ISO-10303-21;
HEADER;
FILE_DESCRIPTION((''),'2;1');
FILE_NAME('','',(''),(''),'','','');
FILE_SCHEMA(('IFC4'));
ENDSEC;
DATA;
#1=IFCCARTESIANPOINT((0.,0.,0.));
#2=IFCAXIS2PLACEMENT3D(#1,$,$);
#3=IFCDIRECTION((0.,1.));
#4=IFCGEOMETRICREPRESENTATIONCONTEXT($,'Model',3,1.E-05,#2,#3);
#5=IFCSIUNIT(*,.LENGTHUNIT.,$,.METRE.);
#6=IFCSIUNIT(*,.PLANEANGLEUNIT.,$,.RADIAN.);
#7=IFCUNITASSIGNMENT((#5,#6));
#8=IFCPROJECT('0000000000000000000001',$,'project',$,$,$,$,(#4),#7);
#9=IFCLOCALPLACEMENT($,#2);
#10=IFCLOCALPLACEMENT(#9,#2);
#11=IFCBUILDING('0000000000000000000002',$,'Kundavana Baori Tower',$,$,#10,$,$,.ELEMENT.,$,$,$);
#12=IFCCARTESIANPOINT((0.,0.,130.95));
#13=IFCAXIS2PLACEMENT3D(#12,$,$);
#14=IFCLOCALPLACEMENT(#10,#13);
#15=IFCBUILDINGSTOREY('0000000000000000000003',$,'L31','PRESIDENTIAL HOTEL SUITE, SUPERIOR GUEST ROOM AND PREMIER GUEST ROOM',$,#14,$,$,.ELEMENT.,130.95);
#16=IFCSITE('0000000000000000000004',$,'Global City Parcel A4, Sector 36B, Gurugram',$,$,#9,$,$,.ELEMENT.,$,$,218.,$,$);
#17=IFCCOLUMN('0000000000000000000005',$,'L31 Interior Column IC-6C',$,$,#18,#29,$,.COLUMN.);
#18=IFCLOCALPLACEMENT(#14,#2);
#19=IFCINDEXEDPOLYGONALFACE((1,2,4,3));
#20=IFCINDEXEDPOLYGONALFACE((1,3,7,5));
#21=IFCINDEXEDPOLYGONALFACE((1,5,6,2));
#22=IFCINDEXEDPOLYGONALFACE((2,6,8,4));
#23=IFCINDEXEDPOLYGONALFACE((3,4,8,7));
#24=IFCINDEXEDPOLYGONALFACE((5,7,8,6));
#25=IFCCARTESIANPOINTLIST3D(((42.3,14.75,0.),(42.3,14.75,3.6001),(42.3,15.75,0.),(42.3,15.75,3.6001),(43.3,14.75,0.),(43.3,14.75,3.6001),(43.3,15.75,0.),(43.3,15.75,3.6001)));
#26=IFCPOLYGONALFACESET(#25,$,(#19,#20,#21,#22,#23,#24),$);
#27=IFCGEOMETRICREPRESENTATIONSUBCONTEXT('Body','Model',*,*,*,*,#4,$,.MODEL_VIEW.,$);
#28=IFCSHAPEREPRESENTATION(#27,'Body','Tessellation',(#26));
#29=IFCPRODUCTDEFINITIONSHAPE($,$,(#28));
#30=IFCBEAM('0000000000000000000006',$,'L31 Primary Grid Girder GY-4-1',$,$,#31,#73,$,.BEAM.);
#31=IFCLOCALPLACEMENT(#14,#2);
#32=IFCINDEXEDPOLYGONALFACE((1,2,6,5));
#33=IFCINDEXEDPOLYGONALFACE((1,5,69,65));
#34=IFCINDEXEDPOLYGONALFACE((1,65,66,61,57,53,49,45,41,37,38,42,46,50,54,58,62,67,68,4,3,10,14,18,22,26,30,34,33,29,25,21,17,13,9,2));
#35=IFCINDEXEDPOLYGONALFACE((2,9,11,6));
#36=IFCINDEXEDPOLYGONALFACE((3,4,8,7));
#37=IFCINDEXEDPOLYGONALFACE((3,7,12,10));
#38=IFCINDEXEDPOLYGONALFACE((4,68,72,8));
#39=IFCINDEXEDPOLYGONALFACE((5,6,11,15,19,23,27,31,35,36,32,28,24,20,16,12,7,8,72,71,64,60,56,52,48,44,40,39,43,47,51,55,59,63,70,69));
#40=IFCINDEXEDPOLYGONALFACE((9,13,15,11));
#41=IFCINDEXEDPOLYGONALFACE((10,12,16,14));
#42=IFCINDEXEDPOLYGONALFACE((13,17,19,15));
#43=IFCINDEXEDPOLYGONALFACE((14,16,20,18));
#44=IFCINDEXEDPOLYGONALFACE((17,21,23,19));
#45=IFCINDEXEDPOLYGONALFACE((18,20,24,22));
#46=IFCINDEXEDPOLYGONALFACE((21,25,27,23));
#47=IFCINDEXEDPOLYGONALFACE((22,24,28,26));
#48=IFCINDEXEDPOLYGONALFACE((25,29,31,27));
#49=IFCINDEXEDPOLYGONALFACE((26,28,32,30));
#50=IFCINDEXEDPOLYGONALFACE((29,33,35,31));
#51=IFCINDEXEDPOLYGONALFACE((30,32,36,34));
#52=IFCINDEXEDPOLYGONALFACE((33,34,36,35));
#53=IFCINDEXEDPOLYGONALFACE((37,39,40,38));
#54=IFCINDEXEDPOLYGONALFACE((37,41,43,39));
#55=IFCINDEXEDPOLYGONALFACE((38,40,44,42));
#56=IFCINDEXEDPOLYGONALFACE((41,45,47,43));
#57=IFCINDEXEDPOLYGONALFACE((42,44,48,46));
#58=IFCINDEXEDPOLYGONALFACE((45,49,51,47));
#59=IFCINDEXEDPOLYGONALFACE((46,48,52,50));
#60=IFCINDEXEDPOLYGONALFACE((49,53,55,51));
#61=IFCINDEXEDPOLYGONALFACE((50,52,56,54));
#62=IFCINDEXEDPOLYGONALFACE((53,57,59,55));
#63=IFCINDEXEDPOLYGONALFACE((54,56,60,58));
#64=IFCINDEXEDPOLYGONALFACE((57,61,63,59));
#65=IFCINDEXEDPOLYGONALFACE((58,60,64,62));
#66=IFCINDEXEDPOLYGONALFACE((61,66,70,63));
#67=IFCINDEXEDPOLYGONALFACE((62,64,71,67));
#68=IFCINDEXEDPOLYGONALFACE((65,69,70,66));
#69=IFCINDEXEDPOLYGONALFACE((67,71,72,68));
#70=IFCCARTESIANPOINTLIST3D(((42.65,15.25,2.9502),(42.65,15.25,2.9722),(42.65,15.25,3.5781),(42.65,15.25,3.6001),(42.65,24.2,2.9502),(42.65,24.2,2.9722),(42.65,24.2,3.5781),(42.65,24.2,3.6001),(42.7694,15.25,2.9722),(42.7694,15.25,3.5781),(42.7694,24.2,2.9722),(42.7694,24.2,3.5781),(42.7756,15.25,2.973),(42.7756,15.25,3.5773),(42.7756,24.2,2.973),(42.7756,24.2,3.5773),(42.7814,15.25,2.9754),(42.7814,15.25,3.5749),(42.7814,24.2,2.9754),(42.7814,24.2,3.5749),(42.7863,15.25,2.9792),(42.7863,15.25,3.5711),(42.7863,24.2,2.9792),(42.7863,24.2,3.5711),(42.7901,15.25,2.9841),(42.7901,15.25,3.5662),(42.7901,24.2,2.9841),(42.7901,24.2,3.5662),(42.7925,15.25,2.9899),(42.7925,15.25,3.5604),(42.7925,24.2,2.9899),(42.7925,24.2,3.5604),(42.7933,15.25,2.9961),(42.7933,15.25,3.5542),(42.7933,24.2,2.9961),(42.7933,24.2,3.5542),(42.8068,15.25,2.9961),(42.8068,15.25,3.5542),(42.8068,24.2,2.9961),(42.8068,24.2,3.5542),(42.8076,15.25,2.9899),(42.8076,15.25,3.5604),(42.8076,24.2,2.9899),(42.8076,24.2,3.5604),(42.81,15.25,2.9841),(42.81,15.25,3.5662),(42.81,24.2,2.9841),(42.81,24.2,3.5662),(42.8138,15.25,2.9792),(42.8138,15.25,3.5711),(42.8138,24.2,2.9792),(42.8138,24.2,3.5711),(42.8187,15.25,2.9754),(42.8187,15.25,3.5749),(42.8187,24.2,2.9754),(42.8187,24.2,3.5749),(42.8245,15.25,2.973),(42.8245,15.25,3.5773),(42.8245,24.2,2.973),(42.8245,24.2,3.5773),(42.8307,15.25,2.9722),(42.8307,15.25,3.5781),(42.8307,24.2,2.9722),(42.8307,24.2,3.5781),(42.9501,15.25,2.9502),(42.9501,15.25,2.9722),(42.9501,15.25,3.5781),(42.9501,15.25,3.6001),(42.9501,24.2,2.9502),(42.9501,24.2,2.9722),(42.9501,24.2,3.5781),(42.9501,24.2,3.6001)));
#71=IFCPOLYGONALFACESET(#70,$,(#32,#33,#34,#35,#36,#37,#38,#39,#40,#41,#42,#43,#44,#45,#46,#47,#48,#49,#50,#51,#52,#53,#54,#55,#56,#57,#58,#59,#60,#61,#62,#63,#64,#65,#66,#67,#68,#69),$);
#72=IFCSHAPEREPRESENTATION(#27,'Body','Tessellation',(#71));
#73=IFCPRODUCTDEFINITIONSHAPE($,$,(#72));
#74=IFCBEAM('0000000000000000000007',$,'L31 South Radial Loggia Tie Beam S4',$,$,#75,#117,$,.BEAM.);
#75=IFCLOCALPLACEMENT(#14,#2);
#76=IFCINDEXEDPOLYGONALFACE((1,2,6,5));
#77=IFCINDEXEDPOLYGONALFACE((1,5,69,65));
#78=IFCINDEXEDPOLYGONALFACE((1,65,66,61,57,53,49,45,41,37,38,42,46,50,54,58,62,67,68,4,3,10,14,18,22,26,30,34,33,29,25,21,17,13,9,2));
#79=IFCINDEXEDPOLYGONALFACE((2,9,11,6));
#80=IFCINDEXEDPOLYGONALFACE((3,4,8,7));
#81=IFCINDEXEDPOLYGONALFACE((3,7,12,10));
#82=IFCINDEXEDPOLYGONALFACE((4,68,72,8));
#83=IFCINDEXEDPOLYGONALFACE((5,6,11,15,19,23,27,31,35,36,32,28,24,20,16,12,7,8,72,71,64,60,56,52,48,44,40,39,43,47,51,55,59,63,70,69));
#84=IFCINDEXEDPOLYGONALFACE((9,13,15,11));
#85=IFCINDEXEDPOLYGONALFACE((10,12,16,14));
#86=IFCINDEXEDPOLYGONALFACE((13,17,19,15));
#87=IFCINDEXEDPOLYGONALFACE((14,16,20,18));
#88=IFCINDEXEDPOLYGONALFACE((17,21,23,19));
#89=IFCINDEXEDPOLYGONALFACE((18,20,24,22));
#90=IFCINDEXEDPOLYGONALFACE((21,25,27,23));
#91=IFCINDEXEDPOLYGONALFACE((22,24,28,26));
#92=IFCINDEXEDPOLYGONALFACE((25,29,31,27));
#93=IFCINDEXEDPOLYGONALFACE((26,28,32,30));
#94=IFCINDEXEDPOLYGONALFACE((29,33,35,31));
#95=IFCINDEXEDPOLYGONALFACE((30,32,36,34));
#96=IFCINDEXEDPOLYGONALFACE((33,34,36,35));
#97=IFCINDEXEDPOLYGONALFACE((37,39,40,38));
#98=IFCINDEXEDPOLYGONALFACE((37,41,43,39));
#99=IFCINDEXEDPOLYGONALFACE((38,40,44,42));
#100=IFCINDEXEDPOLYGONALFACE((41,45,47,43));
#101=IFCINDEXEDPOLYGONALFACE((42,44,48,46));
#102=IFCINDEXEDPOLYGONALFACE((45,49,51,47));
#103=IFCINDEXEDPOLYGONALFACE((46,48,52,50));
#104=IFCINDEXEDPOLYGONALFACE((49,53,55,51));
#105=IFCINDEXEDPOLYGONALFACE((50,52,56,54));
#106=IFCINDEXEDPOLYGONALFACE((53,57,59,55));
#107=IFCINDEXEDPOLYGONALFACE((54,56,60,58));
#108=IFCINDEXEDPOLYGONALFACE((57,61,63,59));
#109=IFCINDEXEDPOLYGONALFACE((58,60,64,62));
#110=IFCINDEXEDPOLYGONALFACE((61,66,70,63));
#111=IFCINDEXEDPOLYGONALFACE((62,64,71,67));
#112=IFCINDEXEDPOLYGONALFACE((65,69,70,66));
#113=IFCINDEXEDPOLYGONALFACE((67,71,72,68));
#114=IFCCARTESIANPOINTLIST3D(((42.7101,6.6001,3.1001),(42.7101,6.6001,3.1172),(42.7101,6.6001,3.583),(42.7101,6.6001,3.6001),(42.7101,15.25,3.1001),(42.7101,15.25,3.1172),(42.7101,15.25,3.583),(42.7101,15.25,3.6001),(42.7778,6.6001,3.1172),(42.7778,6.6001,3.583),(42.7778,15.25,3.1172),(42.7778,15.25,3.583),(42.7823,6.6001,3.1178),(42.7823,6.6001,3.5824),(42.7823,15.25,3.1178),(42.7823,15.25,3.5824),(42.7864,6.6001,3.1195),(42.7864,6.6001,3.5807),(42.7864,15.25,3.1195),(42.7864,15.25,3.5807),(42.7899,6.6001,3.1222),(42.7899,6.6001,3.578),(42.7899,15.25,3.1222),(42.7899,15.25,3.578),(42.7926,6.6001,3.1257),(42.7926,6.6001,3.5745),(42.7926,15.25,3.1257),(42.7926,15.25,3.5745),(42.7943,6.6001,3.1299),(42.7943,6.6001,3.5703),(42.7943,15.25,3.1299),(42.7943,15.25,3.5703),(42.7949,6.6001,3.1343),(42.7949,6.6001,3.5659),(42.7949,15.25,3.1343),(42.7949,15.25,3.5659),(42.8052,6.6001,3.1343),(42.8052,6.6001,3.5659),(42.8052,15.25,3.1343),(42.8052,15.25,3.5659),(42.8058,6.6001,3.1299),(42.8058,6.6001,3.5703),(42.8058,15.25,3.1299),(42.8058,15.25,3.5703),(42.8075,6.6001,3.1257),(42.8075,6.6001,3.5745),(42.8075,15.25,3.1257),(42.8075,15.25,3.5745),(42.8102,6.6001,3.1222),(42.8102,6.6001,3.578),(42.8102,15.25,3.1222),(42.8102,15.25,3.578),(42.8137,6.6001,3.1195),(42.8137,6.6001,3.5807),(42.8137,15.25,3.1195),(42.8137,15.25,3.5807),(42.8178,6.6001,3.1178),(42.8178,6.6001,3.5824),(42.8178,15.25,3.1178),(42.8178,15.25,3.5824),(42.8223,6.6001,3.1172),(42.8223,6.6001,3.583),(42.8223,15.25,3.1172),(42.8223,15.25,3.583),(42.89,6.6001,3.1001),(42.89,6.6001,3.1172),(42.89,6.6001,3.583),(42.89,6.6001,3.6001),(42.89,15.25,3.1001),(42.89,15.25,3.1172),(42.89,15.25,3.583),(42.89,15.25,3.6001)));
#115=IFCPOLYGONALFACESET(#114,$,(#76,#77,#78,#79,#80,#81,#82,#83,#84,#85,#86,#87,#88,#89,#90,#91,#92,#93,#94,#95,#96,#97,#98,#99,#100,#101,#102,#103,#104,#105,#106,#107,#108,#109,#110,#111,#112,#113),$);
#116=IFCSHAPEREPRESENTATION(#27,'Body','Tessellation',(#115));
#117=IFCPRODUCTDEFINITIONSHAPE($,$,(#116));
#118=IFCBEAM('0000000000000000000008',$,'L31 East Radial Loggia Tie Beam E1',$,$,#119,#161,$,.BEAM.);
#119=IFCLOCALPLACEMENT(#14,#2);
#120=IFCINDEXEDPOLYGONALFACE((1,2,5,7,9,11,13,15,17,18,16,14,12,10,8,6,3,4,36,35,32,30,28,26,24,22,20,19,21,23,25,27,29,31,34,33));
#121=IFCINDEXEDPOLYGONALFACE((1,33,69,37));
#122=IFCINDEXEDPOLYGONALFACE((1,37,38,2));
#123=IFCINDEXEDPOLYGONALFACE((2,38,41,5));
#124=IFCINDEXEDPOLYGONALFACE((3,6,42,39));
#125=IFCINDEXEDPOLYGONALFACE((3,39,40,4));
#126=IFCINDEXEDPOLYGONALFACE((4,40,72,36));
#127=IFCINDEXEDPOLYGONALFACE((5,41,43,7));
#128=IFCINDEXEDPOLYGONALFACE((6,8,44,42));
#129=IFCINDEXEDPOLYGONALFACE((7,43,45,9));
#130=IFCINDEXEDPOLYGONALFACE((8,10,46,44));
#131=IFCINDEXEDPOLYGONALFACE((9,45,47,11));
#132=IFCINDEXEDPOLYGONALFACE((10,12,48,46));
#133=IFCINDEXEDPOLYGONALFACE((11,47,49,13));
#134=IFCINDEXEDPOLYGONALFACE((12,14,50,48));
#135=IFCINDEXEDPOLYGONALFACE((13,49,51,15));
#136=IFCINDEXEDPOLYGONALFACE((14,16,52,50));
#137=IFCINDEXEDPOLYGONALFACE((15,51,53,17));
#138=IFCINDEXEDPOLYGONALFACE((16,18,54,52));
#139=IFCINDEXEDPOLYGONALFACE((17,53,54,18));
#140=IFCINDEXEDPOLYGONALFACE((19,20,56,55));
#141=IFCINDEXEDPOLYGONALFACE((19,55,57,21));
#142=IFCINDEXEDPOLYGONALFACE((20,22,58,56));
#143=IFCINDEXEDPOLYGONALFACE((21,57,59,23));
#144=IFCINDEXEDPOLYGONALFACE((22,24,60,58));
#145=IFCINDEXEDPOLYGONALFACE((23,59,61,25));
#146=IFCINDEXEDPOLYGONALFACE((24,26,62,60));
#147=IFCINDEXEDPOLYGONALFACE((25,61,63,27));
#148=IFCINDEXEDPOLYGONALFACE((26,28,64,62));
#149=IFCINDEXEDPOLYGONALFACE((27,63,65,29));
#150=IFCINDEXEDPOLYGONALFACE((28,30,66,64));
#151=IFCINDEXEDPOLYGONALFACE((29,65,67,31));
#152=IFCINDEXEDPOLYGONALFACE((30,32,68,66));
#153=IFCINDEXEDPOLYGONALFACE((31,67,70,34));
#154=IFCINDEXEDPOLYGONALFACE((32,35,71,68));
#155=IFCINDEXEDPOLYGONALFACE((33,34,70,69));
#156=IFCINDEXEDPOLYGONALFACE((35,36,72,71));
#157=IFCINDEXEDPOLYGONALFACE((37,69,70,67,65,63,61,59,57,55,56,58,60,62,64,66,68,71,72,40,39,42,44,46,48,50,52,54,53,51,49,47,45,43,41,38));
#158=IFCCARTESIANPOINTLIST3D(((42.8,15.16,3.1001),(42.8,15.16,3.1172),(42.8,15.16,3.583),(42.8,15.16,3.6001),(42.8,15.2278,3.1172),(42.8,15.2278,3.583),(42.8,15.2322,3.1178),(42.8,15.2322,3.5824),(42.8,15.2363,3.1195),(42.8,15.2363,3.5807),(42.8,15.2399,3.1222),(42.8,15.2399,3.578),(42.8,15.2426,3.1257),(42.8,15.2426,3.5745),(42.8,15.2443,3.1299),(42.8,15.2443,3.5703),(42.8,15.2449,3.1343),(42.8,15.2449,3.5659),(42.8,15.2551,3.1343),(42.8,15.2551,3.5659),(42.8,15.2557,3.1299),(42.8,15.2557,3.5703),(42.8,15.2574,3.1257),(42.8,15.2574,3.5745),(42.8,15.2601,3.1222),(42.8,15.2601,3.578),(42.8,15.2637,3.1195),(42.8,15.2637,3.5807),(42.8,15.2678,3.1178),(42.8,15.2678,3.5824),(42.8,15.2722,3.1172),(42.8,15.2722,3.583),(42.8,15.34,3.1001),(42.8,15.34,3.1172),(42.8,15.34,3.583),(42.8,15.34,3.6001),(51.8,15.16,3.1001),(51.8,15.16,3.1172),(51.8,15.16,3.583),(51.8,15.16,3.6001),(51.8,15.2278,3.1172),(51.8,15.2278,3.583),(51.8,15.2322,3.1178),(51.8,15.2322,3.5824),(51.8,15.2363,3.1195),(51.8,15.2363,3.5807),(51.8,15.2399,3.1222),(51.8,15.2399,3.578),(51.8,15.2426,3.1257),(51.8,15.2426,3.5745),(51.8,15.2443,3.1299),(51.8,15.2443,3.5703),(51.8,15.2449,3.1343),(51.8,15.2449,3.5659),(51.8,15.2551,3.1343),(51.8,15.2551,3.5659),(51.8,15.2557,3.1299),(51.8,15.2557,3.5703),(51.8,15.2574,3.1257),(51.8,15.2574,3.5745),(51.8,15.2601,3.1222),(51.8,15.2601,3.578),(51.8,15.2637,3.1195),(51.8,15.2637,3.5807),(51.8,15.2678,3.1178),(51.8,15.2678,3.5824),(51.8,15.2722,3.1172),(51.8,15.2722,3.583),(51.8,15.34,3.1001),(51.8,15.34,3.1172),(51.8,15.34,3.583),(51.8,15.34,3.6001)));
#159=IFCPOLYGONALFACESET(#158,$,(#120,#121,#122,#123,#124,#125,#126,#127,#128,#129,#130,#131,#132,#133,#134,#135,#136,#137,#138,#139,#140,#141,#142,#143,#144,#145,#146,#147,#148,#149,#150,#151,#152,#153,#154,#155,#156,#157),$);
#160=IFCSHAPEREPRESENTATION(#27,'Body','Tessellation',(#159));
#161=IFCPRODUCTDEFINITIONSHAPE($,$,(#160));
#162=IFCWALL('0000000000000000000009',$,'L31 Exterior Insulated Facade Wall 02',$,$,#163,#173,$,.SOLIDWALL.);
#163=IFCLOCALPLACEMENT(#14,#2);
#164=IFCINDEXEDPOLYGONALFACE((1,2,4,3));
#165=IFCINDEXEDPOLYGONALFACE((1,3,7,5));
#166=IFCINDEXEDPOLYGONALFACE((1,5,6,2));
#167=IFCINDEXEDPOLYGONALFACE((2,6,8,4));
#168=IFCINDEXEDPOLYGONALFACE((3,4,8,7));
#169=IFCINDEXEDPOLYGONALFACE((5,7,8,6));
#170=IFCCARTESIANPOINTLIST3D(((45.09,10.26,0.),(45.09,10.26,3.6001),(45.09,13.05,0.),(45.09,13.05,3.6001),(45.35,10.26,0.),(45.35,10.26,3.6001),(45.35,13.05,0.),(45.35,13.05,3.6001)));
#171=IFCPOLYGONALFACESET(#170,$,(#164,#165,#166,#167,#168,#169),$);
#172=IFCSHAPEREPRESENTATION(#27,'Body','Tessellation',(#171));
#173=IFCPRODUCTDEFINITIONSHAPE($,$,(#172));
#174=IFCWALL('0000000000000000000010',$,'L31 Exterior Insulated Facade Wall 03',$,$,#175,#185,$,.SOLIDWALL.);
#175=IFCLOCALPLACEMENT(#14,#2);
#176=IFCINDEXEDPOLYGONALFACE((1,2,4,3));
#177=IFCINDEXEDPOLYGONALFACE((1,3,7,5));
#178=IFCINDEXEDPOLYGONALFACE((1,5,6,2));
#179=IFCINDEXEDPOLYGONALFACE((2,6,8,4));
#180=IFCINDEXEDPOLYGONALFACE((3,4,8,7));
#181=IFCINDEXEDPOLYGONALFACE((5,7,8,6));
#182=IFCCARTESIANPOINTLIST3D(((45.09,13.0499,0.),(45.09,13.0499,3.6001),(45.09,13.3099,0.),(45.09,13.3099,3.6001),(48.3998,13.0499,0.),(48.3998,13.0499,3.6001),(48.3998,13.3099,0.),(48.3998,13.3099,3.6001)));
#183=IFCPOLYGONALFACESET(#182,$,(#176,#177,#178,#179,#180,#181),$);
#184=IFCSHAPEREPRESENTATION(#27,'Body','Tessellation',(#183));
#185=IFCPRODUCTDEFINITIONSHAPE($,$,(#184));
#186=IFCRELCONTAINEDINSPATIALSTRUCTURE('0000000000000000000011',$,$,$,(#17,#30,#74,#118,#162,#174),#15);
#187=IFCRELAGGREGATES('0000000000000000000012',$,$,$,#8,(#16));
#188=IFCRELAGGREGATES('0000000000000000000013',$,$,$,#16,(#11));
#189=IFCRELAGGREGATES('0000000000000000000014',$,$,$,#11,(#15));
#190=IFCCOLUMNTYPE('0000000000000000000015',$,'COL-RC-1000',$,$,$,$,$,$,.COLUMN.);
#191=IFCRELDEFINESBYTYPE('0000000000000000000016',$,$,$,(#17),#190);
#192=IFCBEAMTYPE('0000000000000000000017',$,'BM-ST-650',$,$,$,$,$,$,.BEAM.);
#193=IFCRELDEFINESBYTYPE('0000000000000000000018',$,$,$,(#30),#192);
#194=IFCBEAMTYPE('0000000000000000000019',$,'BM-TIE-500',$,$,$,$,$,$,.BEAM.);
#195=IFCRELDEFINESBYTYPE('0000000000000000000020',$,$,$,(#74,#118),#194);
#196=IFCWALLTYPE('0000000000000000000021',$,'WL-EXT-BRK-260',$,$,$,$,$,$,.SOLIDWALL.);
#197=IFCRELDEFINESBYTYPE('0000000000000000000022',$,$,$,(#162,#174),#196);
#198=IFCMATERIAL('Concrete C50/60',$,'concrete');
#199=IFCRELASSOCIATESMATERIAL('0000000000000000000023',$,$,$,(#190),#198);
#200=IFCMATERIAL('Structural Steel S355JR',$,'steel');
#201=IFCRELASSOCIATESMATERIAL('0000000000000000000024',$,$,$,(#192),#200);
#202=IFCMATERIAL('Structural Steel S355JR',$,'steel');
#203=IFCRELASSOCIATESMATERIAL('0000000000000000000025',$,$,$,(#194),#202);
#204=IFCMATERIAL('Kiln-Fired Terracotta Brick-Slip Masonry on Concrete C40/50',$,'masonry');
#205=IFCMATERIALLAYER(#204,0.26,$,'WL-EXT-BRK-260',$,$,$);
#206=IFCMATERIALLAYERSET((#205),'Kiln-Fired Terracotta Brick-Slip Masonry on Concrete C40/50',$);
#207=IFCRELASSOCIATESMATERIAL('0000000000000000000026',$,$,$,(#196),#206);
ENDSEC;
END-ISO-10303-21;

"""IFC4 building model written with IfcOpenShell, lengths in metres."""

from ifc_helpers import new_model, si_unit, direction, frame, frame_2d, origin, origin_2d, place, context, subcontext, project, spatial, rectangle, i_section, extrude, material, layer, layer_set, material_profile, profile_set, type_object, element, save


model = new_model("IFC4")

# Units and contexts
model_context = context("Model", 3, precision=1e-05, world=origin(), true_north=direction((0.0, 1.0)))
body_context = subcontext(model_context, "Body", "Model", "MODEL_VIEW")
ifc_project = project(units=[si_unit("LENGTHUNIT", "METRE"), si_unit("PLANEANGLEUNIT", "RADIAN")], contexts=[model_context])

# Site, building, storey
site_placement = place(None, origin())
site = spatial("IfcSite", under=ifc_project, at=site_placement, Name="Global City Parcel A4, Sector 36B, Gurugram", CompositionType="ELEMENT", RefElevation=218.0)
building_placement = place(site_placement, origin())
building = spatial("IfcBuilding", under=site, at=building_placement, Name="Kundavana Baori Tower", CompositionType="ELEMENT")
storey_placement = place(building_placement, frame((0.0, 0.0, 130.95)))
storey = spatial("IfcBuildingStorey", under=building, at=storey_placement, Name="L31", Description="PRESIDENTIAL HOTEL SUITE, SUPERIOR GUEST ROOM AND PREMIER GUEST ROOM", CompositionType="ELEMENT", Elevation=130.95)

# Column
ifc_material_1 = material(Name="Concrete C50/60", Category="concrete")
ifc_material_profile_1 = material_profile(ifc_material_1, rectangle(XDim=1.0, YDim=1.0, at=origin_2d()), Name="RC 1000x1000")
ifc_profile_set_1 = profile_set([ifc_material_profile_1], Name="Concrete C50/60")
column_type = type_object("IfcColumnType", Name="COL-RC-1000", PredefinedType="COLUMN", material=ifc_profile_set_1)
column_placement = place(storey_placement, frame((42.8, 15.25, 0.0), z_axis=(0.0, 0.0, 1.0), x_axis=(1.0, 0.0, 0.0)))
element("IfcColumn", 1, at=column_placement, inside=storey, type_object=column_type, Name="L31 Interior Column IC-6C", PredefinedType="COLUMN", context=body_context, shape_type="SweptSolid", body=[
    extrude(rectangle(XDim=1.0, YDim=1.0, at=origin_2d()), origin(), (0.0, 0.0, 1.0), 3.6001),
])

# Beams
ifc_material_2 = material(Name="Structural Steel S355JR", Category="steel")
ifc_material_profile_2 = material_profile(ifc_material_2, i_section(OverallWidth=0.3, OverallDepth=0.6499, WebThickness=0.0134, FlangeThickness=0.022, FilletRadius=0.0239, at=origin_2d()), Name="NPB 650x300x155")
ifc_profile_set_2 = profile_set([ifc_material_profile_2], Name="Structural Steel S355JR")
beam_type_1 = type_object("IfcBeamType", Name="BM-ST-650", PredefinedType="BEAM", material=ifc_profile_set_2)
beam_1_placement = place(storey_placement, frame((42.8, 15.25, 3.2751), z_axis=(0.0, 1.0, 0.0), x_axis=(-1.0, 0.0, 0.0)))
element("IfcBeam", 2, at=beam_1_placement, inside=storey, type_object=beam_type_1, Name="L31 Primary Grid Girder GY-4-1", PredefinedType="BEAM", context=body_context, shape_type="SweptSolid", body=[
    extrude(i_section(OverallWidth=0.3, OverallDepth=0.6499, WebThickness=0.0134, FlangeThickness=0.022, FilletRadius=0.0239, at=origin_2d()), origin(), (0.0, 0.0, 1.0), 8.95),
])
ifc_material_3 = material(Name="Structural Steel S355JR", Category="steel")
ifc_material_profile_3 = material_profile(ifc_material_3, i_section(OverallWidth=0.1799, OverallDepth=0.5, WebThickness=0.0103, FlangeThickness=0.0171, FilletRadius=0.0171, at=origin_2d()), Name="ISMB 500")
ifc_profile_set_3 = profile_set([ifc_material_profile_3], Name="Structural Steel S355JR")
beam_type_2 = type_object("IfcBeamType", Name="BM-TIE-500", PredefinedType="BEAM", material=ifc_profile_set_3)
beam_2_placement = place(storey_placement, frame((42.8, 15.25, 3.3501), z_axis=(0.0, -1.0, 0.0), x_axis=(1.0, 0.0, 0.0)))
element("IfcBeam", 3, at=beam_2_placement, inside=storey, type_object=beam_type_2, Name="L31 South Radial Loggia Tie Beam S4", PredefinedType="BEAM", context=body_context, shape_type="SweptSolid", body=[
    extrude(i_section(OverallWidth=0.1799, OverallDepth=0.5, WebThickness=0.0103, FlangeThickness=0.0171, FilletRadius=0.0171, at=origin_2d()), origin(), (0.0, 0.0, 1.0), 8.6499),
])
beam_3_placement = place(storey_placement, frame((42.8, 15.25, 3.3501), z_axis=(1.0, 0.0, 0.0), x_axis=(0.0, 1.0, 0.0)))
element("IfcBeam", 4, at=beam_3_placement, inside=storey, type_object=beam_type_2, Name="L31 East Radial Loggia Tie Beam E1", PredefinedType="BEAM", context=body_context, shape_type="SweptSolid", body=[
    extrude(i_section(OverallWidth=0.1799, OverallDepth=0.5, WebThickness=0.0103, FlangeThickness=0.0171, FilletRadius=0.0171, at=origin_2d()), origin(), (0.0, 0.0, 1.0), 9.0),
])

# Walls
ifc_material_4 = material(Name="Kiln-Fired Terracotta Brick-Slip Masonry on Concrete C40/50", Category="masonry")
ifc_layer_1 = layer(ifc_material_4, 0.26, Name="WL-EXT-BRK-260")
ifc_layer_set_1 = layer_set([ifc_layer_1], Name="Kiln-Fired Terracotta Brick-Slip Masonry on Concrete C40/50")
wall_type_1 = type_object("IfcWallType", Name="WL-EXT-BRK-260", PredefinedType="SOLIDWALL", material=ifc_layer_set_1)
wall_1_placement = place(storey_placement, frame((45.22, 10.26, 0.0), z_axis=(0.0, 0.0, 1.0), x_axis=(0.0, 1.0, 0.0)))
element("IfcWall", 5, at=wall_1_placement, inside=storey, type_object=wall_type_1, Name="L31 Exterior Insulated Facade Wall 02", PredefinedType="SOLIDWALL", context=body_context, shape_type="SweptSolid", body=[
    extrude(rectangle(XDim=2.79, YDim=0.26, at=frame_2d((1.395, 0.0))), origin(), (0.0, 0.0, 1.0), 3.6001),
])
wall_2_placement = place(storey_placement, frame((45.0901, 13.1799, 0.0), z_axis=(0.0, 0.0, 1.0), x_axis=(1.0, 0.0, 0.0)))
element("IfcWall", 6, at=wall_2_placement, inside=storey, type_object=wall_type_1, Name="L31 Exterior Insulated Facade Wall 03", PredefinedType="SOLIDWALL", context=body_context, shape_type="SweptSolid", body=[
    extrude(rectangle(XDim=3.3098, YDim=0.26, at=frame_2d((1.6548, 0.0))), origin(), (0.0, 0.0, 1.0), 3.6001),
])

save(model, "model.ifc")
